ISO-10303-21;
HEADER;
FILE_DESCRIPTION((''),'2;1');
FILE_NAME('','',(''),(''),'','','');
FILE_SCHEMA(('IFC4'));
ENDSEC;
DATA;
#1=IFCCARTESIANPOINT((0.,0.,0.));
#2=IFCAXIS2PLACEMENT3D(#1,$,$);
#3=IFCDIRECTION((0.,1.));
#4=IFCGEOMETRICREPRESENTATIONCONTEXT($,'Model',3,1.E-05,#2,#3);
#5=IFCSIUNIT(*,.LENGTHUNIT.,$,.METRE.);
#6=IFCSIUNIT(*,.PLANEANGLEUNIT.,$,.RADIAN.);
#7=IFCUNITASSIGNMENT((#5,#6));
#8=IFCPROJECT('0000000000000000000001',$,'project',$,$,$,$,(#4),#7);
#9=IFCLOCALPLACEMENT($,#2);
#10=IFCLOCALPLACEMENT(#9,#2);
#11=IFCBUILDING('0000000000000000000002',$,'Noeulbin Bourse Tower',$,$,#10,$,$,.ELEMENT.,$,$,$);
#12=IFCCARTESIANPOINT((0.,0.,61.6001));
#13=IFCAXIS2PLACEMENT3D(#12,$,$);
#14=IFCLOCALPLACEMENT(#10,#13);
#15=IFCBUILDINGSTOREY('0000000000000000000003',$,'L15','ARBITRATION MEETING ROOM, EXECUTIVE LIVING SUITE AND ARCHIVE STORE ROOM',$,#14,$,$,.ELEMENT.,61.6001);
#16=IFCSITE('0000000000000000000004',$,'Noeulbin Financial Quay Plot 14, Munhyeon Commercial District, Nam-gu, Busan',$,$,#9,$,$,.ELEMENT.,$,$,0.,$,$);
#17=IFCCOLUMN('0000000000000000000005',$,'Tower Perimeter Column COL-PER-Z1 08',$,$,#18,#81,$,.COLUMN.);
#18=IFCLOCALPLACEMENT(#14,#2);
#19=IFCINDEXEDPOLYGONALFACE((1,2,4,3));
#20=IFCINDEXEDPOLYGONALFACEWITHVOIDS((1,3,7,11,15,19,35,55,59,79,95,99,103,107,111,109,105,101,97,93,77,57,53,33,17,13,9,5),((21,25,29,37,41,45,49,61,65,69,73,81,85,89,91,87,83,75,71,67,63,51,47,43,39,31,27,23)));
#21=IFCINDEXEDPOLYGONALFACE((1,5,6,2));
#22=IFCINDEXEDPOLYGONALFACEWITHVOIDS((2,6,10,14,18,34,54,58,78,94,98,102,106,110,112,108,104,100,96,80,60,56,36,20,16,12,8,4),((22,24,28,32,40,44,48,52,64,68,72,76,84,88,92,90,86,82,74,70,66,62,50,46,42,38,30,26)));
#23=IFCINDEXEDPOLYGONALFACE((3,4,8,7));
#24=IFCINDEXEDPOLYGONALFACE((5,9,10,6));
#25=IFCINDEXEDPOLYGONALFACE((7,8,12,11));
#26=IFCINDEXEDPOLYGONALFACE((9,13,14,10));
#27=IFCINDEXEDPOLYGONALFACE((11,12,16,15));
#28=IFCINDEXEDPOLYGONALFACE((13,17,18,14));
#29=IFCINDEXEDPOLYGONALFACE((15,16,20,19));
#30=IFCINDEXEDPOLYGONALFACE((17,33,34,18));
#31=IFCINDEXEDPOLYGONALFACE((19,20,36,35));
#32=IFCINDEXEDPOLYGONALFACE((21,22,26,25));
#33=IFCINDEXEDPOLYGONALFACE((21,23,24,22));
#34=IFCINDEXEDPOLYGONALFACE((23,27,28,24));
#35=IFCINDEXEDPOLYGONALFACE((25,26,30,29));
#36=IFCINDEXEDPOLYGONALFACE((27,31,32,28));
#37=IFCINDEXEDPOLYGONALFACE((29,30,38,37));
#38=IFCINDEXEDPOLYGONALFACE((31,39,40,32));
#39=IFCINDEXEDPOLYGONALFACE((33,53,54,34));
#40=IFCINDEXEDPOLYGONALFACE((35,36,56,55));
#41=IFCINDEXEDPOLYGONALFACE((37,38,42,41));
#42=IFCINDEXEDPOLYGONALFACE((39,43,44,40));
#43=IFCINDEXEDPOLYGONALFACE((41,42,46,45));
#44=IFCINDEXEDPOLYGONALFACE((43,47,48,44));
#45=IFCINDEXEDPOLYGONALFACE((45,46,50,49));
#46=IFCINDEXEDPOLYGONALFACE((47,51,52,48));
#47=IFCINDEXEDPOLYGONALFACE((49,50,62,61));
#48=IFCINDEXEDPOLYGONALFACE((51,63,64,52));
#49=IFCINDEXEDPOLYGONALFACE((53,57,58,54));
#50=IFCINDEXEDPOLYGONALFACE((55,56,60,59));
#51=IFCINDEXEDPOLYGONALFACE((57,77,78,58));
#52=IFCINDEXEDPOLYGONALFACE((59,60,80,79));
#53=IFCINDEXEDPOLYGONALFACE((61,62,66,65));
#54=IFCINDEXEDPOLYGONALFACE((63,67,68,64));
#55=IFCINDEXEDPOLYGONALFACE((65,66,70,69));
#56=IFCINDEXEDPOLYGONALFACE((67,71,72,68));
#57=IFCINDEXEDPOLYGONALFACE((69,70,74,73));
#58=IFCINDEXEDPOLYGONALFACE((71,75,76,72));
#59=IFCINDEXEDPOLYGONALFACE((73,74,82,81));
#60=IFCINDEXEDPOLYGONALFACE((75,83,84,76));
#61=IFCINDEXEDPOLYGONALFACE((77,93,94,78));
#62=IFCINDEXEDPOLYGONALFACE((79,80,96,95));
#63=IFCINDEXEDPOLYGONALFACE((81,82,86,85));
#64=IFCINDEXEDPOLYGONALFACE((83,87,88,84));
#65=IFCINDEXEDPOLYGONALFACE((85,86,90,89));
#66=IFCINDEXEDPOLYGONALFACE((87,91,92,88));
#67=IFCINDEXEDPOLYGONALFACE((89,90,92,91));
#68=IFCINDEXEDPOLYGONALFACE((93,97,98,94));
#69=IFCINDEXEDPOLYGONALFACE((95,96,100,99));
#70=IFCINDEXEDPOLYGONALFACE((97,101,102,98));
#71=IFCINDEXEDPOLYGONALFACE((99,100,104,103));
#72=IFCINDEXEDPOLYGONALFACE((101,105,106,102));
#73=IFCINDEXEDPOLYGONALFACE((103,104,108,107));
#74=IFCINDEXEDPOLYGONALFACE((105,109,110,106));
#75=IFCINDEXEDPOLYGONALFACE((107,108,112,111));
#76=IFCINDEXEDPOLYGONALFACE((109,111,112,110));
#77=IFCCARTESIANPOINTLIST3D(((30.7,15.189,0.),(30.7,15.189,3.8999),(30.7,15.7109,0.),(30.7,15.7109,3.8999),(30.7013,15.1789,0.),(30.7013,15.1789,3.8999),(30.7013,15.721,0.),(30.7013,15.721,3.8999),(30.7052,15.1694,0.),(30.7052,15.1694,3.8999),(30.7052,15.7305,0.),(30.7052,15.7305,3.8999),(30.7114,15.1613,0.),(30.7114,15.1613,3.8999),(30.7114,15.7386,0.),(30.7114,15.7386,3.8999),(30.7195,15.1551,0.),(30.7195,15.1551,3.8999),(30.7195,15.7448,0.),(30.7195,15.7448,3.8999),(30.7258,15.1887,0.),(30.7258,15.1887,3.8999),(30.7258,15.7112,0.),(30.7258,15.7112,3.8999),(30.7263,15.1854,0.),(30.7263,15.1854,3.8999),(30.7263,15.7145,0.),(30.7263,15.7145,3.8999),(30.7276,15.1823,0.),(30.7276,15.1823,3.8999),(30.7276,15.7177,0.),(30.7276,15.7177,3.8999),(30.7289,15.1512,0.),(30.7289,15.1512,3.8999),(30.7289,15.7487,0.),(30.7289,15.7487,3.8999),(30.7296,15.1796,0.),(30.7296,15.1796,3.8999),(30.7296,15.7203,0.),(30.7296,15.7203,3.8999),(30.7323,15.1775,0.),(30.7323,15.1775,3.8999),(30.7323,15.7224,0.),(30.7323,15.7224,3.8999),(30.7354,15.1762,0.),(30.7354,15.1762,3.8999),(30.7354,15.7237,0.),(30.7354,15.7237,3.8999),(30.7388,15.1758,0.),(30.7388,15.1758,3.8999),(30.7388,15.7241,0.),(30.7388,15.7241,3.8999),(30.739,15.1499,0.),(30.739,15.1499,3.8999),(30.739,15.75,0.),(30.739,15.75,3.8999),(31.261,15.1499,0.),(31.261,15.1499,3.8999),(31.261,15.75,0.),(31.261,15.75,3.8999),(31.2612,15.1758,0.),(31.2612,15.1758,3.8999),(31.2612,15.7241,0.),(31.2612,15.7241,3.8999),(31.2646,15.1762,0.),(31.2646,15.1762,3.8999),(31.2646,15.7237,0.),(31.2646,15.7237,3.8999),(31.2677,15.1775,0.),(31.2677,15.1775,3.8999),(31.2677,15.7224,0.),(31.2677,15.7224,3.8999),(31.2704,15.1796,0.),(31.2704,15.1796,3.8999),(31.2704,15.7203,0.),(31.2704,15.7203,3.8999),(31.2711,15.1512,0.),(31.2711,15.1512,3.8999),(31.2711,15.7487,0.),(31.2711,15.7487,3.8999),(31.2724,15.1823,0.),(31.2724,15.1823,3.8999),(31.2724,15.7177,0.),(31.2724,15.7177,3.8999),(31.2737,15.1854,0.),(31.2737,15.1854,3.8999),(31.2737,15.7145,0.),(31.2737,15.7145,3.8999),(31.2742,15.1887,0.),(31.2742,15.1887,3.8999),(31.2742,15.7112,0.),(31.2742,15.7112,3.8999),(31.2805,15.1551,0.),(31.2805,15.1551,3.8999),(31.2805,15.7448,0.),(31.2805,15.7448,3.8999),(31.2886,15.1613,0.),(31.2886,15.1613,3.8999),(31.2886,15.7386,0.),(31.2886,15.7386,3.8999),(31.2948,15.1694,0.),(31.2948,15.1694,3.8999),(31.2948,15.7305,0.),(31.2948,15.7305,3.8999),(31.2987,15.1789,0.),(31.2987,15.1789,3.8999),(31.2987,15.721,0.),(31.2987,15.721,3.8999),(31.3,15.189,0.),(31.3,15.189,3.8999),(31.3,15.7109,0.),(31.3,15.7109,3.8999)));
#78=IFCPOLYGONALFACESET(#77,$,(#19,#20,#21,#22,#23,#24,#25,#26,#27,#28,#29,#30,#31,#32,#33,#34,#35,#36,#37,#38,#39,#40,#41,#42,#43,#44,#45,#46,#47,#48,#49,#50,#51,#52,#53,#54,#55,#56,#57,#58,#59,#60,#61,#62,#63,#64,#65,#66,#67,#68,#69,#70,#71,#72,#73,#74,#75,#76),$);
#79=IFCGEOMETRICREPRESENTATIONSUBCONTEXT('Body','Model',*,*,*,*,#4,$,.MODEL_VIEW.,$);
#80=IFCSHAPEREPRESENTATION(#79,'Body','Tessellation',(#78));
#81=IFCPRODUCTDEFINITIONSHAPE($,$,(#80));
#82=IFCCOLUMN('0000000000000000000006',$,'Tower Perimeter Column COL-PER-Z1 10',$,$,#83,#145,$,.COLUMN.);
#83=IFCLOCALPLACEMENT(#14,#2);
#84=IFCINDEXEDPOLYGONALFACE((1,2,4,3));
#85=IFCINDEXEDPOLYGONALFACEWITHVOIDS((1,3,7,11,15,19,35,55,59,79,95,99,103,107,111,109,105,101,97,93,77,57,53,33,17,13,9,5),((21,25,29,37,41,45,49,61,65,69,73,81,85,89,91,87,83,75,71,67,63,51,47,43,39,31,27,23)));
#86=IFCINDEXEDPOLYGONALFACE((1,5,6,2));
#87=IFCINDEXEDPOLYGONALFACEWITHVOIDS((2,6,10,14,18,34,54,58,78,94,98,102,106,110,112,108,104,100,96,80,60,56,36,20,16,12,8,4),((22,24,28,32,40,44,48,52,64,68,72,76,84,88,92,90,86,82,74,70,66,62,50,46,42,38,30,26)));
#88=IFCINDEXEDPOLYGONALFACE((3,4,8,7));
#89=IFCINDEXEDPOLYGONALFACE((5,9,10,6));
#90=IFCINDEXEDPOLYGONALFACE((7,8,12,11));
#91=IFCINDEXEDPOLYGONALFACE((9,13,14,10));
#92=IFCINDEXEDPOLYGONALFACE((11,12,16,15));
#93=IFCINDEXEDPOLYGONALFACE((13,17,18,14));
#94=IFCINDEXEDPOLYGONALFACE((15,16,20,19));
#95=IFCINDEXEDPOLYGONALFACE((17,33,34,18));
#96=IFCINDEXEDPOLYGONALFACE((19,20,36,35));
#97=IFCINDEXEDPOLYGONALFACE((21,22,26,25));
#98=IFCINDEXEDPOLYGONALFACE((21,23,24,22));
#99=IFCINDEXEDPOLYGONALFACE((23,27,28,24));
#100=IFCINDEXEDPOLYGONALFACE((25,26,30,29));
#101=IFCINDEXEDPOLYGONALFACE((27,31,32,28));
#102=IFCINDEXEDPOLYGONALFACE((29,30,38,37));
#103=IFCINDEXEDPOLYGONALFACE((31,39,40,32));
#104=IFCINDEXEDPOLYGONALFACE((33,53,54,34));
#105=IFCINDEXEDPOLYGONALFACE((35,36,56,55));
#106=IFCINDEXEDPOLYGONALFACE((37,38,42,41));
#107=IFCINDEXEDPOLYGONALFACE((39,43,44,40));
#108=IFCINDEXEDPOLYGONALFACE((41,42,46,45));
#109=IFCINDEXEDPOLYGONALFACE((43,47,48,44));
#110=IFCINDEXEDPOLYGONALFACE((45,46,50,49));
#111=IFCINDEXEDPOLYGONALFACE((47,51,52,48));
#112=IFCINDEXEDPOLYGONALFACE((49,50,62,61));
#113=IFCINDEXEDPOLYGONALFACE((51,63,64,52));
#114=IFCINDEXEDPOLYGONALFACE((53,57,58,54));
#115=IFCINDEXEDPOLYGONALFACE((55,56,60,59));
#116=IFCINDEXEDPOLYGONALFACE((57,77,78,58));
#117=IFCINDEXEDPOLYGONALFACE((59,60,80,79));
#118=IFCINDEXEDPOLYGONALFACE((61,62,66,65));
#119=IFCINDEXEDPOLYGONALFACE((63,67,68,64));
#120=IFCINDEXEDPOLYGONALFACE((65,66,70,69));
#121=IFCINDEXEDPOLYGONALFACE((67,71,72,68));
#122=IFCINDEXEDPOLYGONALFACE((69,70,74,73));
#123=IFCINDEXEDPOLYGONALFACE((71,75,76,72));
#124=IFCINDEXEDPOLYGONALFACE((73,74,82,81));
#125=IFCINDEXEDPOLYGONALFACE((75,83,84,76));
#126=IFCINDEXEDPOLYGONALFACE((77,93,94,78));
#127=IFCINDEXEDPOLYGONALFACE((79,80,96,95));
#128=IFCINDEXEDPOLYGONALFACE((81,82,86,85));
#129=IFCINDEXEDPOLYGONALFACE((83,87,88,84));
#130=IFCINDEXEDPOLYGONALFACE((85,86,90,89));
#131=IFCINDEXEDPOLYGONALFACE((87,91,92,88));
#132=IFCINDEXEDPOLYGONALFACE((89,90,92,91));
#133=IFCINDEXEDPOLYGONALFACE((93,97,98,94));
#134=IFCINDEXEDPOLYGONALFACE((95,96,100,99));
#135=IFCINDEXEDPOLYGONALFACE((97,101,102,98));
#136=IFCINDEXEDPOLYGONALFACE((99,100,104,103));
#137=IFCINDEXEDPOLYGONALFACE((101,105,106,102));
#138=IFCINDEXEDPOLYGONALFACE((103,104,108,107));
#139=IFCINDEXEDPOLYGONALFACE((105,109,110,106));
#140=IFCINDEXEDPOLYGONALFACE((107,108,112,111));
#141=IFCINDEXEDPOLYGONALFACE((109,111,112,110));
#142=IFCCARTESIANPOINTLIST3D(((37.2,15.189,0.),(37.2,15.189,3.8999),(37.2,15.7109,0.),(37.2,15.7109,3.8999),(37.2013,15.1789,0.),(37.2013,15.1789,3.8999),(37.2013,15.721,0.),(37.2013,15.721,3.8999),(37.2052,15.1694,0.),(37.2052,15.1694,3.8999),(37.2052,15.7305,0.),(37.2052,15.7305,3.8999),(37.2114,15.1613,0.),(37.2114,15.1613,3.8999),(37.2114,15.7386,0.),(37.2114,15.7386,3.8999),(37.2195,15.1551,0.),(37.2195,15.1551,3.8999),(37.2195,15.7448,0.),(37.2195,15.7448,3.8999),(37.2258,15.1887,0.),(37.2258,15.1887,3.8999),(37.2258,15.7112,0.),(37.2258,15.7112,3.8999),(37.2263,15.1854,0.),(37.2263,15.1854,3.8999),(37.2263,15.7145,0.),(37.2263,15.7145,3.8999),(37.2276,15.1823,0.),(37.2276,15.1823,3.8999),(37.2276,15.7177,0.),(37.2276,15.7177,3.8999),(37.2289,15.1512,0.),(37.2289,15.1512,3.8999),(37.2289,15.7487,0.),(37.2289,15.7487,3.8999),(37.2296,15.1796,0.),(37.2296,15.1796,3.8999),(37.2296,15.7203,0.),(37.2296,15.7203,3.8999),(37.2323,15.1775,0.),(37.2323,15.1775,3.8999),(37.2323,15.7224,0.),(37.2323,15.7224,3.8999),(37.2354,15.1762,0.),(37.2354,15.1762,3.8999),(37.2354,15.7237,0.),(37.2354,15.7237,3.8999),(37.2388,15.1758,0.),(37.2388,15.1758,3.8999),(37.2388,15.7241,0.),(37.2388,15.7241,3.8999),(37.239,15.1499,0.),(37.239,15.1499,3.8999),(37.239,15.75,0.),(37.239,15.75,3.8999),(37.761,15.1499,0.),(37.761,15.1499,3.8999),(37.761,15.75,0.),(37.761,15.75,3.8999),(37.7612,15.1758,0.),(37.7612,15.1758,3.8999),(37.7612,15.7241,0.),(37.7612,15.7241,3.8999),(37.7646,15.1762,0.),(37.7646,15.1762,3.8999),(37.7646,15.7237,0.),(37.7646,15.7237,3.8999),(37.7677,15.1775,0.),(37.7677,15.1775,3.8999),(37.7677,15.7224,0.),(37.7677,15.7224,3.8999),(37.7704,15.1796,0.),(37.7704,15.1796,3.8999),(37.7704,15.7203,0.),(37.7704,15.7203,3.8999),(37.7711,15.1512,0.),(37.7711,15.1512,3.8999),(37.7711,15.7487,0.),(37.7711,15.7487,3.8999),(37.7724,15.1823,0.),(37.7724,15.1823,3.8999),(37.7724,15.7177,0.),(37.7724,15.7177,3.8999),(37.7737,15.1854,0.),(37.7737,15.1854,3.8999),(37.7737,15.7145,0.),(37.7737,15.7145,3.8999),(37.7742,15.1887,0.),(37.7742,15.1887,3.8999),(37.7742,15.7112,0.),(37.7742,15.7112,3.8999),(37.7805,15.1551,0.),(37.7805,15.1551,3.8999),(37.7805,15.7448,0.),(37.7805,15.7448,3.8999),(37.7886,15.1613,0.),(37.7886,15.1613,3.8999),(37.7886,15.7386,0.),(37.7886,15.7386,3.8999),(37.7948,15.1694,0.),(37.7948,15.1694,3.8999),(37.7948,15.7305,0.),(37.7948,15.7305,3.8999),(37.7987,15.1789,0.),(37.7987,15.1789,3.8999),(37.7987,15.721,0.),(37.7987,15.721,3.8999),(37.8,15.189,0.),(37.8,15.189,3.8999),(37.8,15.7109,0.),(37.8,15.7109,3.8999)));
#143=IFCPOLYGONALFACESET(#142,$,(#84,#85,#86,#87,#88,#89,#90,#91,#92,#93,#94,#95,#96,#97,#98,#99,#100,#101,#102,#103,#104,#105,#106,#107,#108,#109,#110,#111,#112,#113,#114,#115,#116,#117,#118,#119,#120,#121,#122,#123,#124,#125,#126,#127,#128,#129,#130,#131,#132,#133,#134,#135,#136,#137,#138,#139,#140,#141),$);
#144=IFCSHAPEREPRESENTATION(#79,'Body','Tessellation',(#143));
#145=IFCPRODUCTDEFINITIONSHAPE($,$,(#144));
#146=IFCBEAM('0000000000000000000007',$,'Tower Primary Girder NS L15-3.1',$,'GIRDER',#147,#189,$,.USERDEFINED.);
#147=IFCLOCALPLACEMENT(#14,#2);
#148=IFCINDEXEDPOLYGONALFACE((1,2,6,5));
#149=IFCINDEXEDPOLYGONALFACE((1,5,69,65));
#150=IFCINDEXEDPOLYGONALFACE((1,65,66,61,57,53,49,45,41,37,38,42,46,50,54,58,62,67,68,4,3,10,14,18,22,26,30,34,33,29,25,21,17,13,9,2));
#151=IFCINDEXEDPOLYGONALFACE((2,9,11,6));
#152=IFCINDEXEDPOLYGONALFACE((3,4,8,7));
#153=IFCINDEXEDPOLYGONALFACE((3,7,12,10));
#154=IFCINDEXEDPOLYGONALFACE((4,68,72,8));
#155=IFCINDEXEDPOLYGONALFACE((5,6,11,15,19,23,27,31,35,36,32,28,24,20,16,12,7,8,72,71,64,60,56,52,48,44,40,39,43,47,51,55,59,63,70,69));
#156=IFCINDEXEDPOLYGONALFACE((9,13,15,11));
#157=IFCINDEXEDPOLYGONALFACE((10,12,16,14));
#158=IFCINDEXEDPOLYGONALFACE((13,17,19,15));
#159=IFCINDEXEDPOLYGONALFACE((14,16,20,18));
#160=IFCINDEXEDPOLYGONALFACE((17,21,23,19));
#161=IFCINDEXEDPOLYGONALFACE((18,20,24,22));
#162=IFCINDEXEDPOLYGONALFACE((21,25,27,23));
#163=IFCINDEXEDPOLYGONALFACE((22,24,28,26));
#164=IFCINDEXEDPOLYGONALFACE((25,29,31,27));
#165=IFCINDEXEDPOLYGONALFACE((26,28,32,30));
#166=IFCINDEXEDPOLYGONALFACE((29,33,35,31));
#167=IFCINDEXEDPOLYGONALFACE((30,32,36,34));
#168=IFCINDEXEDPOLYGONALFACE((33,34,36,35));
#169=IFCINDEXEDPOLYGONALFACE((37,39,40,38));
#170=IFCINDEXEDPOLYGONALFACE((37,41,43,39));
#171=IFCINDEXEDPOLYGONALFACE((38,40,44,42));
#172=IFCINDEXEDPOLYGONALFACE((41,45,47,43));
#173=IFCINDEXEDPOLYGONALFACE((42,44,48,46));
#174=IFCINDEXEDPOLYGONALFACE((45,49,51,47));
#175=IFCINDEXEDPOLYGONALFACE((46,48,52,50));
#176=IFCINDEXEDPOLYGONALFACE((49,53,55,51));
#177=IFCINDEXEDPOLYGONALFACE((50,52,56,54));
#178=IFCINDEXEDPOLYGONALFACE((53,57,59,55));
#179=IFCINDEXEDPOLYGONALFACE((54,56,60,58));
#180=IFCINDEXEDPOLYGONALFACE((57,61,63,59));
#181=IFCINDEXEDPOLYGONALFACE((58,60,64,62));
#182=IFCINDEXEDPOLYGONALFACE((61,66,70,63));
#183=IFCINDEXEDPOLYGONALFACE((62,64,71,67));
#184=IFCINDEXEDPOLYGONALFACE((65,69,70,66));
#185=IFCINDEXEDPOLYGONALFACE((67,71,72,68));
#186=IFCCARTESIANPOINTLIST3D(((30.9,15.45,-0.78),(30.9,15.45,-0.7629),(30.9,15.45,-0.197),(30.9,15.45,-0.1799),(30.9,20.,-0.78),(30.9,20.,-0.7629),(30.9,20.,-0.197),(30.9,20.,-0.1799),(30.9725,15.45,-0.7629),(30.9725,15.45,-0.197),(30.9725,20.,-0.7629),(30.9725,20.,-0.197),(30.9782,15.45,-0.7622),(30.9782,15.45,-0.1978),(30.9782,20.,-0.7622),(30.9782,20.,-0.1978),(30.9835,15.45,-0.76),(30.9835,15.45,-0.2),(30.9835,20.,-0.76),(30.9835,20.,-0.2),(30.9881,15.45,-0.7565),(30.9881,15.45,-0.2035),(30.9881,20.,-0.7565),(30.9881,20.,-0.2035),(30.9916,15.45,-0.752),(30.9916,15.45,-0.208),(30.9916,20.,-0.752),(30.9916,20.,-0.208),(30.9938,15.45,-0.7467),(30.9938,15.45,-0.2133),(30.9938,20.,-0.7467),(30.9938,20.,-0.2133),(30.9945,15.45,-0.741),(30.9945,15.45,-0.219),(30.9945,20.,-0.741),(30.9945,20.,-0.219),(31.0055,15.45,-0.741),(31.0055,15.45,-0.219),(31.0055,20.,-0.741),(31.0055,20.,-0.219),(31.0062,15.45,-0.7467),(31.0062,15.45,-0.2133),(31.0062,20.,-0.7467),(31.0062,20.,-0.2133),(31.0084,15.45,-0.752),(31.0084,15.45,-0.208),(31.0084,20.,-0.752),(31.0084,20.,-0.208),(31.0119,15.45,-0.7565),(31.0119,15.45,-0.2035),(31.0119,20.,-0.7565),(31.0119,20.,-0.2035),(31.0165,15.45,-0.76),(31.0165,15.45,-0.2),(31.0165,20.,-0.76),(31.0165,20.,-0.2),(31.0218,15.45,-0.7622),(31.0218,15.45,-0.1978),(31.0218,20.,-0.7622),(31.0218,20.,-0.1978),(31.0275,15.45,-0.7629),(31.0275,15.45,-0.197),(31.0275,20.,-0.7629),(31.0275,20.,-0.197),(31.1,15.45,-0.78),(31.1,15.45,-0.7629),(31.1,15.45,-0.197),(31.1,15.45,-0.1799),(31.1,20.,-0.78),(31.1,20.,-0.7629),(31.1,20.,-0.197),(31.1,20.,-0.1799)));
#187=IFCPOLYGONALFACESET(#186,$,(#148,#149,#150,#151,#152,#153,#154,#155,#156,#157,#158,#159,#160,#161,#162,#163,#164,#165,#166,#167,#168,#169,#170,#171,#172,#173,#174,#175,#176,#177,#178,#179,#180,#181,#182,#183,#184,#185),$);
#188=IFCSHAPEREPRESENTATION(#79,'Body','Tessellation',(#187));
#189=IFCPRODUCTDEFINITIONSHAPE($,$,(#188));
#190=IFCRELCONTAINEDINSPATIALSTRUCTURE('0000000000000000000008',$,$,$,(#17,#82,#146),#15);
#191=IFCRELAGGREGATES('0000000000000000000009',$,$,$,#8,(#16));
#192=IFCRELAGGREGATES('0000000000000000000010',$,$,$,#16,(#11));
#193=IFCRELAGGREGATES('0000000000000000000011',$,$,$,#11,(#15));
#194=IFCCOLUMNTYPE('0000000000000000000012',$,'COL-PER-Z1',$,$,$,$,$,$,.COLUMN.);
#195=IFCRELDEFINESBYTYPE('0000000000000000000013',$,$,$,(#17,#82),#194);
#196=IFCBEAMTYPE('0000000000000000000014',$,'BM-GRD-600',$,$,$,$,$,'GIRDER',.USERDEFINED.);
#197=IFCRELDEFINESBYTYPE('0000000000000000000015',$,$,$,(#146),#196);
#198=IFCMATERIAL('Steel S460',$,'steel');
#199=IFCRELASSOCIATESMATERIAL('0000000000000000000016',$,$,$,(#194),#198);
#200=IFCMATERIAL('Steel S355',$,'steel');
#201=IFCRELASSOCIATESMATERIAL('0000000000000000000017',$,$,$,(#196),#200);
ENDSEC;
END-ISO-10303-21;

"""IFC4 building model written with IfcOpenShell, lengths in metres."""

from ifc_helpers import new_model, si_unit, direction, frame, origin, origin_2d, place, context, subcontext, project, spatial, hollow_rectangle, i_section, extrude, material, material_profile, profile_set, type_object, element, save


model = new_model("IFC4")

# Units and contexts
model_context = context("Model", 3, precision=1e-05, world=origin(), true_north=direction((0.0, 1.0)))
body_context = subcontext(model_context, "Body", "Model", "MODEL_VIEW")
ifc_project = project(units=[si_unit("LENGTHUNIT", "METRE"), si_unit("PLANEANGLEUNIT", "RADIAN")], contexts=[model_context])

# Site, building, storey
site_placement = place(None, origin())
site = spatial("IfcSite", under=ifc_project, at=site_placement, Name="Noeulbin Financial Quay Plot 14, Munhyeon Commercial District, Nam-gu, Busan", CompositionType="ELEMENT", RefElevation=0.0)
building_placement = place(site_placement, origin())
building = spatial("IfcBuilding", under=site, at=building_placement, Name="Noeulbin Bourse Tower", CompositionType="ELEMENT")
storey_placement = place(building_placement, frame((0.0, 0.0, 61.6001)))
storey = spatial("IfcBuildingStorey", under=building, at=storey_placement, Name="L15", Description="ARBITRATION MEETING ROOM, EXECUTIVE LIVING SUITE AND ARCHIVE STORE ROOM", CompositionType="ELEMENT", Elevation=61.6001)

# Columns
ifc_material_1 = material(Name="Steel S460", Category="steel")
ifc_material_profile_1 = material_profile(ifc_material_1, hollow_rectangle(XDim=0.6001, YDim=0.6001, WallThickness=0.0259, InnerFilletRadius=0.0129, OuterFilletRadius=0.0391, at=origin_2d()), Name="BOX-600x600x26", Category="LoadBearing")
ifc_profile_set_1 = profile_set([ifc_material_profile_1], Name="Steel S460")
column_type = type_object("IfcColumnType", Name="COL-PER-Z1", PredefinedType="COLUMN", material=ifc_profile_set_1)
for number, where, z_axis, x_axis, name in (
    (1, (31.0, 15.45, 0.0), (0.0, 0.0, 1.0), (1.0, 0.0, 0.0), "Tower Perimeter Column COL-PER-Z1 08"),
    (2, (37.5, 15.45, 0.0), (0.0, 0.0, 1.0), (1.0, 0.0, 0.0), "Tower Perimeter Column COL-PER-Z1 10"),
):
    element("IfcColumn", number, at=place(storey_placement, frame(where, z_axis=z_axis, x_axis=x_axis)), inside=storey, type_object=column_type, Name=name, PredefinedType="COLUMN", context=body_context, shape_type="SweptSolid", body=[
        extrude(hollow_rectangle(XDim=0.6001, YDim=0.6001, WallThickness=0.0259, InnerFilletRadius=0.0129, OuterFilletRadius=0.0391, at=origin_2d()), origin(), (0.0, 0.0, 1.0), 3.8999),
    ])

# Beam
ifc_material_2 = material(Name="Steel S355", Category="steel")
ifc_material_profile_2 = material_profile(ifc_material_2, i_section(OverallWidth=0.2, OverallDepth=0.6001, WebThickness=0.011, FlangeThickness=0.0171, FilletRadius=0.022, at=origin_2d()), Name="H-600x200x11x17", Category="LoadBearing")
ifc_profile_set_2 = profile_set([ifc_material_profile_2], Name="Steel S355")
beam_type_1 = type_object("IfcBeamType", Name="BM-GRD-600", ElementType="GIRDER", PredefinedType="USERDEFINED", material=ifc_profile_set_2)
for number, where, z_axis, x_axis, name in (
    (3, (31.0, 15.45, -0.48), (0.0, 1.0, 0.0), (-1.0, 0.0, 0.0), "Tower Primary Girder NS L15-3.1"),
):
    element("IfcBeam", number, at=place(storey_placement, frame(where, z_axis=z_axis, x_axis=x_axis)), inside=storey, type_object=beam_type_1, Name=name, ObjectType="GIRDER", PredefinedType="USERDEFINED", context=body_context, shape_type="SweptSolid", body=[
        extrude(i_section(OverallWidth=0.2, OverallDepth=0.6001, WebThickness=0.011, FlangeThickness=0.0171, FilletRadius=0.022, at=origin_2d()), origin(), (0.0, 0.0, 1.0), 4.55),
    ])

save(model, "model.ifc")
